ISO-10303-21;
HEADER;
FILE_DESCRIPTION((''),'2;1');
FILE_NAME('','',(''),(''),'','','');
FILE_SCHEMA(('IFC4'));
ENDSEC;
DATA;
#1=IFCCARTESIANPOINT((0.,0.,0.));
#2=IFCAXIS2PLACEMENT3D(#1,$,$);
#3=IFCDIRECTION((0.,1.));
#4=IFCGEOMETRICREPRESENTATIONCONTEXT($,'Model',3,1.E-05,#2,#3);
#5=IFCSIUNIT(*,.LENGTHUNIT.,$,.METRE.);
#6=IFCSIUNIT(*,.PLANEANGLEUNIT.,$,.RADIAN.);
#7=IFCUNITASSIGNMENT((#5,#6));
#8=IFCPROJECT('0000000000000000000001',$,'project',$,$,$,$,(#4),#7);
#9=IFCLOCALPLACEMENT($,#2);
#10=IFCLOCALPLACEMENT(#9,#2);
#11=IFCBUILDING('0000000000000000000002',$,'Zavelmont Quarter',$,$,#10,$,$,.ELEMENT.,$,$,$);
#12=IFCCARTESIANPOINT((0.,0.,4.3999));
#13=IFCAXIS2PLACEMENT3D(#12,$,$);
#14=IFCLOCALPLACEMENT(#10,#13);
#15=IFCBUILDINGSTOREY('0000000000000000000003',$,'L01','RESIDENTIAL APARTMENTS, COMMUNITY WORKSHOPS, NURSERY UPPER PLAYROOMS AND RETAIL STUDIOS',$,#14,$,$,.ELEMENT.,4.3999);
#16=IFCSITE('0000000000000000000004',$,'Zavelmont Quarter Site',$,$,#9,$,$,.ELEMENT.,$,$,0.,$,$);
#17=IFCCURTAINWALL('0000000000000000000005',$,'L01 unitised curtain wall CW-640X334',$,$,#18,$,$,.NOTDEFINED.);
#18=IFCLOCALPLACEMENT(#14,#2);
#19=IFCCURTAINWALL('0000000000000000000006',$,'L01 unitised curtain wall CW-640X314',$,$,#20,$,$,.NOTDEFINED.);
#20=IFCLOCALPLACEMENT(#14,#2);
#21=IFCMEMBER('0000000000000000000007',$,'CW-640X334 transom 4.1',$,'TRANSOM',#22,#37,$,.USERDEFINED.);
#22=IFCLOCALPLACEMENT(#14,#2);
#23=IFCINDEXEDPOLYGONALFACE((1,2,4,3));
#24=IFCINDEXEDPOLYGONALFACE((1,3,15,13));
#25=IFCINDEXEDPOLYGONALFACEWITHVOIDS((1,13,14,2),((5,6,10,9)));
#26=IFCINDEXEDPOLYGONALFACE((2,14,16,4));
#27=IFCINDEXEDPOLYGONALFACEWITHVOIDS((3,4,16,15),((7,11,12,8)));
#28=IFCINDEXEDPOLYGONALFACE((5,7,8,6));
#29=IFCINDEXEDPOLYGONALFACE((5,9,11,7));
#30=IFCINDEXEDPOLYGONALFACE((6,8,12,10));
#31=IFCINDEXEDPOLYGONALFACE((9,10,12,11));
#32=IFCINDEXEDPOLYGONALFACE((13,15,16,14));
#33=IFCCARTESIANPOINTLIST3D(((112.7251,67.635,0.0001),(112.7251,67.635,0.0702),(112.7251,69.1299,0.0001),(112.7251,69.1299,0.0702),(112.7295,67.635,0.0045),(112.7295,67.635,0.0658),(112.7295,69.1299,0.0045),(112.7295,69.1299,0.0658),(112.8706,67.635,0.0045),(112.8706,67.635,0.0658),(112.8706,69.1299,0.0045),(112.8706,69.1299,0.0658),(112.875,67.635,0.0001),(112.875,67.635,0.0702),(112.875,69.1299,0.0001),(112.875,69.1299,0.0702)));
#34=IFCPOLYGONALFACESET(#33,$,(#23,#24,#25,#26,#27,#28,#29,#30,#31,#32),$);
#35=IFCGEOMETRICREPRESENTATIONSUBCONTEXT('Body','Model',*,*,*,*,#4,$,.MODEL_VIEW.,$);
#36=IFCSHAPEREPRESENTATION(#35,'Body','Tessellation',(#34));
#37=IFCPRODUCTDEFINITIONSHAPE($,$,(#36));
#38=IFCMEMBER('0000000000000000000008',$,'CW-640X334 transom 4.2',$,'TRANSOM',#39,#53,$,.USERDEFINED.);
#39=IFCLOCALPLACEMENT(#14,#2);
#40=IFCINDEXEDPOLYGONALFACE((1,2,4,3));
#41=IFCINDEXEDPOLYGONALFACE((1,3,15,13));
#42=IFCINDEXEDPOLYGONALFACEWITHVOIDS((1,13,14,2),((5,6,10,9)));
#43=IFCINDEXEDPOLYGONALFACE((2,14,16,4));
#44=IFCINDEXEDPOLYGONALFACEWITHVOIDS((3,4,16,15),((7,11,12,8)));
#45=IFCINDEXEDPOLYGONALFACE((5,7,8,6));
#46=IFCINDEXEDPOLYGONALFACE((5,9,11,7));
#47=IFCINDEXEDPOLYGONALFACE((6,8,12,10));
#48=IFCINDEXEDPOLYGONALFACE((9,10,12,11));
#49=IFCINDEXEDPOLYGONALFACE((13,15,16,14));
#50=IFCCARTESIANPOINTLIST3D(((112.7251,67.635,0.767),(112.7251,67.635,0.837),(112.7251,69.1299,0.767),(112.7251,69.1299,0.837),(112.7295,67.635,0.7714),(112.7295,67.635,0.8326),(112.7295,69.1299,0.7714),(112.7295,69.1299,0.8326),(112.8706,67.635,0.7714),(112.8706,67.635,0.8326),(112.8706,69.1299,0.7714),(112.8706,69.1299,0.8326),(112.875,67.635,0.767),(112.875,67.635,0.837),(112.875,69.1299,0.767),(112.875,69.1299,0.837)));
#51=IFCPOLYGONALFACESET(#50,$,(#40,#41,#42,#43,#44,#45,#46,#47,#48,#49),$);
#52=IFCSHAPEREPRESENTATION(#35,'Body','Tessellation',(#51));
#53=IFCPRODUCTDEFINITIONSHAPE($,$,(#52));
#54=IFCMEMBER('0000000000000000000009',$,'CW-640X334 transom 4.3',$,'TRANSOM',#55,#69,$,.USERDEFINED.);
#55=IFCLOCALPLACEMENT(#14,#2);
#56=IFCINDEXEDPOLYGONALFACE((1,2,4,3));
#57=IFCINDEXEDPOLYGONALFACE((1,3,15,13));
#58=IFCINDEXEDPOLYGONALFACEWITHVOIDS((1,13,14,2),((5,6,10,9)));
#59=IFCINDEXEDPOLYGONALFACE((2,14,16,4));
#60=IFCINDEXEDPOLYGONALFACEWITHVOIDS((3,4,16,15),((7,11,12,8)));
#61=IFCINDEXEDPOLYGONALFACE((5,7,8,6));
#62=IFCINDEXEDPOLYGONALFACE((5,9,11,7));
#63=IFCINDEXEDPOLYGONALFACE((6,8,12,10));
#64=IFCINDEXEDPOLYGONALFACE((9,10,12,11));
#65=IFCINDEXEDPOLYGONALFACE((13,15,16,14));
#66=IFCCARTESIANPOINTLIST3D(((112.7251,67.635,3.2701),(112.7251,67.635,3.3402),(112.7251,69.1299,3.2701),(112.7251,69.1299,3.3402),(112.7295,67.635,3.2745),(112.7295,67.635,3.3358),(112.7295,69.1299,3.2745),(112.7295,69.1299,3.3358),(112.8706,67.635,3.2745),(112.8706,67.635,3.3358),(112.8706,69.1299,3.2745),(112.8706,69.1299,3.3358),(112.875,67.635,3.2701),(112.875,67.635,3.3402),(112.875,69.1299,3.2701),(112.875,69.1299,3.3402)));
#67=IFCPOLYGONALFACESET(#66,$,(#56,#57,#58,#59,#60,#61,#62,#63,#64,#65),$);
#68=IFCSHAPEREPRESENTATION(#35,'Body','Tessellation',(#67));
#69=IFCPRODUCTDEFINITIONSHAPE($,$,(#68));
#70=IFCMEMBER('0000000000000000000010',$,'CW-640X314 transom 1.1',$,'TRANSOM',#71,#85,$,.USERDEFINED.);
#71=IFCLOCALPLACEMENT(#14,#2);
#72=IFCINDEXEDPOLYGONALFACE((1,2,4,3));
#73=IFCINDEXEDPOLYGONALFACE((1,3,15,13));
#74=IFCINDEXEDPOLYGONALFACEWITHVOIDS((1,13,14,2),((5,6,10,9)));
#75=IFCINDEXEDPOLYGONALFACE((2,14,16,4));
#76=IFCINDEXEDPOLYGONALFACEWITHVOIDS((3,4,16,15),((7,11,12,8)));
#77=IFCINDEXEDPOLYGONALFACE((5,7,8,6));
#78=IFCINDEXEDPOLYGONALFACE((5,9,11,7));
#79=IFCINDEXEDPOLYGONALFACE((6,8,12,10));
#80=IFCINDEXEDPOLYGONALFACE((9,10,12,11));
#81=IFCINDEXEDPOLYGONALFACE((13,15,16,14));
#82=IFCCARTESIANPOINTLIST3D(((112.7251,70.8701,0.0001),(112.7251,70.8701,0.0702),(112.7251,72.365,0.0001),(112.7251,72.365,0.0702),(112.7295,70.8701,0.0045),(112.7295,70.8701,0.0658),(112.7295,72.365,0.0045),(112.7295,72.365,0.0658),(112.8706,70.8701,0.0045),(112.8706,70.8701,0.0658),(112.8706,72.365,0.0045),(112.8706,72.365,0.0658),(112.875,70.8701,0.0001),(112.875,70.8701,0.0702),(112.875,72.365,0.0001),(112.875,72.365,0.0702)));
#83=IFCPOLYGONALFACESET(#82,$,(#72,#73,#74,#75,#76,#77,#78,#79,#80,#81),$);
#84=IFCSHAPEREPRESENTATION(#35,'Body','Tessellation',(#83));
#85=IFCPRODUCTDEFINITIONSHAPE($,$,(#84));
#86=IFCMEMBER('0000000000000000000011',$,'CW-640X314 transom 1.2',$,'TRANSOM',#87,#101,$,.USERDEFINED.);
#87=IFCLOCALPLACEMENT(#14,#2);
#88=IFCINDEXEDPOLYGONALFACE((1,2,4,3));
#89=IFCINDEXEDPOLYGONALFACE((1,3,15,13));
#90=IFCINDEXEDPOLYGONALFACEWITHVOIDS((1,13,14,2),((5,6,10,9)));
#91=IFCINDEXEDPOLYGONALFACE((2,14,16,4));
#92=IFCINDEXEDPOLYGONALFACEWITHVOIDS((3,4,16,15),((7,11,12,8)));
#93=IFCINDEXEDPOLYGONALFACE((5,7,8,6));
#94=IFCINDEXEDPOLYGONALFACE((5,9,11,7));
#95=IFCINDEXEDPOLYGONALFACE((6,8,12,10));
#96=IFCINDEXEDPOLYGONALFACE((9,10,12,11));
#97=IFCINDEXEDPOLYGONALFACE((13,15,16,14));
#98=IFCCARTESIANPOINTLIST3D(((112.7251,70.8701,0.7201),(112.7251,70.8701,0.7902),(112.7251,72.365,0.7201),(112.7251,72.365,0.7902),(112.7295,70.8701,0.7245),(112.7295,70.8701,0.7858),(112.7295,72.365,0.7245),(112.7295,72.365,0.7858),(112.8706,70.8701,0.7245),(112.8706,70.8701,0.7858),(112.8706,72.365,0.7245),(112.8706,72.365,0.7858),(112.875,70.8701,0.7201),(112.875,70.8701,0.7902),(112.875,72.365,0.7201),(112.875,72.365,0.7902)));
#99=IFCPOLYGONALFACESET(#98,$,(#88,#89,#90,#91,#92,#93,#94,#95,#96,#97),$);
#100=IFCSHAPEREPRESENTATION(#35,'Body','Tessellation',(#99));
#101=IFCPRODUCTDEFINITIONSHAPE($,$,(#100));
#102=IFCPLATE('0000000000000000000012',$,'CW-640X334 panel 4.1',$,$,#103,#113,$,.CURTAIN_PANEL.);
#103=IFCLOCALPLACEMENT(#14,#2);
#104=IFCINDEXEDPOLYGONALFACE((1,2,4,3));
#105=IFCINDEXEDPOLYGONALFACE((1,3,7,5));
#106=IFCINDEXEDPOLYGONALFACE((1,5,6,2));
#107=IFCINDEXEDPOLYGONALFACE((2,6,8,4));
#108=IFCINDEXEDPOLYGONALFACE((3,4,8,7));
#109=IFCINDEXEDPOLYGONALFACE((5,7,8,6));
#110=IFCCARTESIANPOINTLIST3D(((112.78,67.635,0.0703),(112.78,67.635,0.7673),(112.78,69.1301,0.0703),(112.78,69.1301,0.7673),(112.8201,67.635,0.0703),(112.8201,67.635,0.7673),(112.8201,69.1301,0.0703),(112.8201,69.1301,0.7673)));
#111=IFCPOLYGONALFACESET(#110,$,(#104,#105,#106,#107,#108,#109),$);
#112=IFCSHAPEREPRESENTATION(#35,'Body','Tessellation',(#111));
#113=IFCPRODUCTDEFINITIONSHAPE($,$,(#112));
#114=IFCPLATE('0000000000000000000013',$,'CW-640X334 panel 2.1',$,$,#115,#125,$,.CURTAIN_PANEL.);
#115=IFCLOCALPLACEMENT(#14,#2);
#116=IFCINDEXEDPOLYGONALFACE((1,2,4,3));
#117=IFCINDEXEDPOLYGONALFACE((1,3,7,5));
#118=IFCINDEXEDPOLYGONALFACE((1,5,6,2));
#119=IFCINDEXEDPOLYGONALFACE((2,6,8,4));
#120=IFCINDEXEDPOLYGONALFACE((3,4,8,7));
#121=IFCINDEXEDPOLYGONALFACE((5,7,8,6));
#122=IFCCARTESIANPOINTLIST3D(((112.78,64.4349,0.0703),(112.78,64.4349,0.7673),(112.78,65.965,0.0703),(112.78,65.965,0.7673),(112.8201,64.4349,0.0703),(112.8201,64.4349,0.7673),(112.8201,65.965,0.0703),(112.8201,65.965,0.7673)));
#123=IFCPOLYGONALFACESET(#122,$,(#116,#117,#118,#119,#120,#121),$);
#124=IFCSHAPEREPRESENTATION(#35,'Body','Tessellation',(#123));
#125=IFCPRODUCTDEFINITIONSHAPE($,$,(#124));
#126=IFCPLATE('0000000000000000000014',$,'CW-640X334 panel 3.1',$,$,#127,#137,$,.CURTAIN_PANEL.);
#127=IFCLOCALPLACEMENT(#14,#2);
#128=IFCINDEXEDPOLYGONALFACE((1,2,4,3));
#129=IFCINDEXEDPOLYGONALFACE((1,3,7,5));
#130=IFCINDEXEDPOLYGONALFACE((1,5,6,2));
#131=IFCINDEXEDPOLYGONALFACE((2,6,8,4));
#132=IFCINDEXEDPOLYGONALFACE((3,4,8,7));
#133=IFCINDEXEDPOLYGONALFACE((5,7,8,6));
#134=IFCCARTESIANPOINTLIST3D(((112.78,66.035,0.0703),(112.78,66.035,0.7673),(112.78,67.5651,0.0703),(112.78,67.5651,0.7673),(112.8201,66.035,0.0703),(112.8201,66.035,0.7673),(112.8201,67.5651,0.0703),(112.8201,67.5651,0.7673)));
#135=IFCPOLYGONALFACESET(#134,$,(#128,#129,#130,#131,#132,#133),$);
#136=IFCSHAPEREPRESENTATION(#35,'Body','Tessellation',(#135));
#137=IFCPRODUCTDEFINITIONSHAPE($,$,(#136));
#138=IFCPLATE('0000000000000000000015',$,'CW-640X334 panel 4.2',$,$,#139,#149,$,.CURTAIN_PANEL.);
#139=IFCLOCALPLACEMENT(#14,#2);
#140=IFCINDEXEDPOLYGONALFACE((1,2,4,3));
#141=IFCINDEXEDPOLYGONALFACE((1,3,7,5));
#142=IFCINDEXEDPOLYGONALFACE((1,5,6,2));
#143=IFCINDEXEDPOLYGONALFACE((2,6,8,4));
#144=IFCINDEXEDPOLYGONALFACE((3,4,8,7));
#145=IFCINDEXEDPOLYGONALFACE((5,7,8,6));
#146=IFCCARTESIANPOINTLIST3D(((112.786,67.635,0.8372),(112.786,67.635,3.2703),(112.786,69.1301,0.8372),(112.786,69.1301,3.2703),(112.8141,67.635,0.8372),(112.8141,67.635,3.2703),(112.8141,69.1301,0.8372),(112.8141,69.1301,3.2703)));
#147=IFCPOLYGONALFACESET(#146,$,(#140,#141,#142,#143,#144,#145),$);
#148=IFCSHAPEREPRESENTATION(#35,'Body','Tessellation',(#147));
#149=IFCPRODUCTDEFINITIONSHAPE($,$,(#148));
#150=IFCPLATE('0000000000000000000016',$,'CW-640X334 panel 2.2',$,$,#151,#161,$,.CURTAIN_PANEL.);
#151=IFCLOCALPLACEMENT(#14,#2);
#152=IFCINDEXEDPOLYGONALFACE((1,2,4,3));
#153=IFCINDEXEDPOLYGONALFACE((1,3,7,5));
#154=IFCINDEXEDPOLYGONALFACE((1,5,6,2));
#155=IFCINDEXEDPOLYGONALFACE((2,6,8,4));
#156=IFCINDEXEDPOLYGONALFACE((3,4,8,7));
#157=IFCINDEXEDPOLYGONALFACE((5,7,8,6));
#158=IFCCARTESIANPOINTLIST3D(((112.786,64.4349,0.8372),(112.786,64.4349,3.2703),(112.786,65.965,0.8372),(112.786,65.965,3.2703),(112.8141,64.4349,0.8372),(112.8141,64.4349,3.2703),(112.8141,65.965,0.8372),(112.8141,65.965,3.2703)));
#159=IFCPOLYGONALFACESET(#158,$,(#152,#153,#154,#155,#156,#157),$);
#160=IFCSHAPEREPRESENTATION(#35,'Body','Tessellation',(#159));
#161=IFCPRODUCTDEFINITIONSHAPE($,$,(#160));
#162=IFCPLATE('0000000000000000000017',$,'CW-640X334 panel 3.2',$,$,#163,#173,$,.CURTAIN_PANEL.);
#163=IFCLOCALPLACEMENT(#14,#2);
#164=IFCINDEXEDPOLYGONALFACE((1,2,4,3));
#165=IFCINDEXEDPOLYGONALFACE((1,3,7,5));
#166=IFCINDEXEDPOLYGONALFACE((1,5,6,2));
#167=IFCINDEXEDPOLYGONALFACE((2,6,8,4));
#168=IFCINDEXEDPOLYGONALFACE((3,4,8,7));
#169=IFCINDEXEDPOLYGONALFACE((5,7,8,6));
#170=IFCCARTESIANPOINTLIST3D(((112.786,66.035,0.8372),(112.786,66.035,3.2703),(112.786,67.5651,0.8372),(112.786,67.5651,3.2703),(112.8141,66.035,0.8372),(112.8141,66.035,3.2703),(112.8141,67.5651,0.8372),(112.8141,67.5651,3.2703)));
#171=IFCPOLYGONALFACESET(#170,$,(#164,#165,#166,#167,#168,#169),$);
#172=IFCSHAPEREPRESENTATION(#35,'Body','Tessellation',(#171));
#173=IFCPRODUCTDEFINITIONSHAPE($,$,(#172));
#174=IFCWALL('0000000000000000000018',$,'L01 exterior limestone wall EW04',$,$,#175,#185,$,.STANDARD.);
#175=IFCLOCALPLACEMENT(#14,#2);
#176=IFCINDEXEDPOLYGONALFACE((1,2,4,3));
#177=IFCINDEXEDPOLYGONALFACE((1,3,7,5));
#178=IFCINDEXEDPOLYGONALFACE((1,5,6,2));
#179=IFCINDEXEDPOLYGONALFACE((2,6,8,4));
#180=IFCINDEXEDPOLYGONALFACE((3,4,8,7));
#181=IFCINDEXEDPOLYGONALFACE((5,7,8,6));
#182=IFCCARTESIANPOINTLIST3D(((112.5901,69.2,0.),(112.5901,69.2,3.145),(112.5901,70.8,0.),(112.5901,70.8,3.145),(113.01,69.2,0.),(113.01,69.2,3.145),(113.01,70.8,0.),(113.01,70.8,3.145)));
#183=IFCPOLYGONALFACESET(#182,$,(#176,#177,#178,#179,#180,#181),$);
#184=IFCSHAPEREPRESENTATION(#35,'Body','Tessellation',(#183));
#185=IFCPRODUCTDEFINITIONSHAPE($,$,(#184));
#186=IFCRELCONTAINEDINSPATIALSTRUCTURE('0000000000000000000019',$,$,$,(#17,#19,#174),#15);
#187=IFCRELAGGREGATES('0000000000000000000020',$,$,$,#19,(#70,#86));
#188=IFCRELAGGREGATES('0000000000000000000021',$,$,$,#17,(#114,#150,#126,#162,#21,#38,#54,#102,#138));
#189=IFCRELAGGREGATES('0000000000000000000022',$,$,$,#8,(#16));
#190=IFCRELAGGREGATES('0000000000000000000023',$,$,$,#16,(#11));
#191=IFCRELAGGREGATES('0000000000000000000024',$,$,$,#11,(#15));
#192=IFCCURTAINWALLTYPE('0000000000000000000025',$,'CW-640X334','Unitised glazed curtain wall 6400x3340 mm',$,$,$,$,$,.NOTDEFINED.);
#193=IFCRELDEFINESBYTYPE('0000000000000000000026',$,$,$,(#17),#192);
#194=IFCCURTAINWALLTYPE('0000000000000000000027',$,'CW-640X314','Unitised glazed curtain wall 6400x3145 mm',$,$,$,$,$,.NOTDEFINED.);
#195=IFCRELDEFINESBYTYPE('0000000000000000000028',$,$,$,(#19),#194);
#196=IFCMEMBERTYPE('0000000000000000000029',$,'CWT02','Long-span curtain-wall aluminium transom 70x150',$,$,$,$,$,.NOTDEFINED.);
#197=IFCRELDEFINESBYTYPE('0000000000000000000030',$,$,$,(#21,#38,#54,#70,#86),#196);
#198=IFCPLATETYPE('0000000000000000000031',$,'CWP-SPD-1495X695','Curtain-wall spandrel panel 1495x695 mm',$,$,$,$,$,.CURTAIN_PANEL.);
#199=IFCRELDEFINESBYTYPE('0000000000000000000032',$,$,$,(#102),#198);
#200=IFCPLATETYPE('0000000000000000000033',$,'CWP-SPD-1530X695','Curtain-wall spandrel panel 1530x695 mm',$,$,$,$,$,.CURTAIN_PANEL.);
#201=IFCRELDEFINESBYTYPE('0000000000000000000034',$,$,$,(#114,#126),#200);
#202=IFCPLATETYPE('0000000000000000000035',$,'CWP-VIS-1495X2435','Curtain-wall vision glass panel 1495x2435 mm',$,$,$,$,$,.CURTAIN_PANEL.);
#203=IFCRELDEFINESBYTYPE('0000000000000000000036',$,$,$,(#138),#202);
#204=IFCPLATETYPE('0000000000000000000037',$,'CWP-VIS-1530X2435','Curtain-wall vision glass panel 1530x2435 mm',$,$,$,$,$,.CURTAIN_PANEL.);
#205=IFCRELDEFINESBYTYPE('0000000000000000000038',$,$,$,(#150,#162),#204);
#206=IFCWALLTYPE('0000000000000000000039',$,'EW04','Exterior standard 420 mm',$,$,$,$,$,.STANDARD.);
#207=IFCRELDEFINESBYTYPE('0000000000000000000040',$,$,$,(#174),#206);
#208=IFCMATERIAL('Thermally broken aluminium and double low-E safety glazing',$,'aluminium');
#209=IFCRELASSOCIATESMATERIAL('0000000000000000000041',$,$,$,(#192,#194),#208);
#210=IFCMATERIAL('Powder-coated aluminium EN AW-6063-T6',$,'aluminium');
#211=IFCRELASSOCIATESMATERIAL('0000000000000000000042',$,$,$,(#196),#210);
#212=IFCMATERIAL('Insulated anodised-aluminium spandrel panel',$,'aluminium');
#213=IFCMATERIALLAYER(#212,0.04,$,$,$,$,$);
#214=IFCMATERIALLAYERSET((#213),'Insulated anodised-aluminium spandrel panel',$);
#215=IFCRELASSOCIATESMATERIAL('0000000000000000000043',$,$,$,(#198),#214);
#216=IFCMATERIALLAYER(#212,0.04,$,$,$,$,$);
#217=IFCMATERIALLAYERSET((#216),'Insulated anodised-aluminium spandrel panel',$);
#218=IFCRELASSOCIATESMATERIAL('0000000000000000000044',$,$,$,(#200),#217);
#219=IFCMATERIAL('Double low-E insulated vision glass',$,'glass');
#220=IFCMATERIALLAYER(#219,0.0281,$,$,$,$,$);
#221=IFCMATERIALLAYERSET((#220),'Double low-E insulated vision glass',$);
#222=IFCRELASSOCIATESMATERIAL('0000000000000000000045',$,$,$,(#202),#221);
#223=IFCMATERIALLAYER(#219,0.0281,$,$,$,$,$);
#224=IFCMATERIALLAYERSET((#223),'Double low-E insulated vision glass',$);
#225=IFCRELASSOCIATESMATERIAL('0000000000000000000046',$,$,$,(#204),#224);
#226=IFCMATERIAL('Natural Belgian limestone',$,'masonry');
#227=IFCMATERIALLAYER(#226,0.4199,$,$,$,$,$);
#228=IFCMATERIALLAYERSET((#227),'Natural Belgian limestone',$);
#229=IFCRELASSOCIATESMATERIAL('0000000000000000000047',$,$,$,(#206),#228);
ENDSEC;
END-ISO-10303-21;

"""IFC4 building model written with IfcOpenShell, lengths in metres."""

from ifc_helpers import new_model, si_unit, direction, frame, frame_2d, origin, origin_2d, place, context, subcontext, project, spatial, rectangle, hollow_rectangle, extrude, material, layer, layer_set, material_profile, profile_set, type_object, element, aggregate, save


model = new_model("IFC4")

# Units and contexts
model_context = context("Model", 3, precision=1e-05, world=origin(), true_north=direction((0.0, 1.0)))
body_context = subcontext(model_context, "Body", "Model", "MODEL_VIEW")
ifc_project = project(units=[si_unit("LENGTHUNIT", "METRE"), si_unit("PLANEANGLEUNIT", "RADIAN")], contexts=[model_context])

# Site, building, storey
site_placement = place(None, origin())
site = spatial("IfcSite", under=ifc_project, at=site_placement, Name="Zavelmont Quarter Site", CompositionType="ELEMENT", RefElevation=0.0)
building_placement = place(site_placement, origin())
building = spatial("IfcBuilding", under=site, at=building_placement, Name="Zavelmont Quarter", CompositionType="ELEMENT")
storey_placement = place(building_placement, frame((0.0, 0.0, 4.3999)))
storey = spatial("IfcBuildingStorey", under=building, at=storey_placement, Name="L01", Description="RESIDENTIAL APARTMENTS, COMMUNITY WORKSHOPS, NURSERY UPPER PLAYROOMS AND RETAIL STUDIOS", CompositionType="ELEMENT", Elevation=4.3999)

# Curtain wall
ifc_material_1 = material(Name="Thermally broken aluminium and double low-E safety glazing", Category="aluminium")
curtain_wall_type_1 = type_object("IfcCurtainWallType", Name="CW-640X334", Description="Unitised glazed curtain wall 6400x3340 mm", PredefinedType="NOTDEFINED", material=ifc_material_1)
curtain_wall_1_placement = place(storey_placement, origin())
curtain_wall_1 = element("IfcCurtainWall", 1, at=curtain_wall_1_placement, inside=storey, type_object=curtain_wall_type_1, Name="L01 unitised curtain wall CW-640X334", PredefinedType="NOTDEFINED")
ifc_material_2 = material(Name="Powder-coated aluminium EN AW-6063-T6", Category="aluminium")

# Curtain wall
curtain_wall_type_2 = type_object("IfcCurtainWallType", Name="CW-640X314", Description="Unitised glazed curtain wall 6400x3145 mm", PredefinedType="NOTDEFINED", material=ifc_material_1)
curtain_wall_2_placement = place(storey_placement, origin())
curtain_wall_2 = element("IfcCurtainWall", 2, at=curtain_wall_2_placement, inside=storey, type_object=curtain_wall_type_2, Name="L01 unitised curtain wall CW-640X314", PredefinedType="NOTDEFINED")

# Members
ifc_material_profile_1 = material_profile(ifc_material_2, hollow_rectangle(XDim=0.1499, YDim=0.0701, WallThickness=0.0044, at=origin_2d()), Name="CWT70X150")
ifc_profile_set_1 = profile_set([ifc_material_profile_1], Name="Powder-coated aluminium EN AW-6063-T6")
member_type_1 = type_object("IfcMemberType", Name="CWT02", Description="Long-span curtain-wall aluminium transom 70x150", PredefinedType="NOTDEFINED", material=ifc_profile_set_1)
member_1_placement = place(storey_placement, frame((112.8, 67.635, 0.0352), z_axis=(0.0, 1.0, 0.0), x_axis=(-1.0, 0.0, 0.0)))
member_1 = element("IfcMember", 3, at=member_1_placement, type_object=member_type_1, Name="CW-640X334 transom 4.1", ObjectType="TRANSOM", PredefinedType="USERDEFINED", context=body_context, shape_type="SweptSolid", body=[
    extrude(hollow_rectangle(XDim=0.1499, YDim=0.0701, WallThickness=0.0044, at=origin_2d()), origin(), (0.0, 0.0, 1.0), 1.4949),
])
member_2_placement = place(storey_placement, frame((112.8, 67.635, 0.802), z_axis=(0.0, 1.0, 0.0), x_axis=(-1.0, 0.0, 0.0)))
member_2 = element("IfcMember", 4, at=member_2_placement, type_object=member_type_1, Name="CW-640X334 transom 4.2", ObjectType="TRANSOM", PredefinedType="USERDEFINED", context=body_context, shape_type="SweptSolid", body=[
    extrude(hollow_rectangle(XDim=0.1499, YDim=0.0701, WallThickness=0.0044, at=origin_2d()), origin(), (0.0, 0.0, 1.0), 1.4949),
])
member_3_placement = place(storey_placement, frame((112.8, 67.635, 3.3052), z_axis=(0.0, 1.0, 0.0), x_axis=(-1.0, 0.0, 0.0)))
member_3 = element("IfcMember", 5, at=member_3_placement, type_object=member_type_1, Name="CW-640X334 transom 4.3", ObjectType="TRANSOM", PredefinedType="USERDEFINED", context=body_context, shape_type="SweptSolid", body=[
    extrude(hollow_rectangle(XDim=0.1499, YDim=0.0701, WallThickness=0.0044, at=origin_2d()), origin(), (0.0, 0.0, 1.0), 1.4949),
])
member_4_placement = place(storey_placement, frame((112.8, 70.8701, 0.0352), z_axis=(0.0, 1.0, 0.0), x_axis=(-1.0, 0.0, 0.0)))
member_4 = element("IfcMember", 6, at=member_4_placement, type_object=member_type_1, Name="CW-640X314 transom 1.1", ObjectType="TRANSOM", PredefinedType="USERDEFINED", context=body_context, shape_type="SweptSolid", body=[
    extrude(hollow_rectangle(XDim=0.1499, YDim=0.0701, WallThickness=0.0044, at=origin_2d()), origin(), (0.0, 0.0, 1.0), 1.4949),
])
member_5_placement = place(storey_placement, frame((112.8, 70.8701, 0.7551), z_axis=(0.0, 1.0, 0.0), x_axis=(-1.0, 0.0, 0.0)))
member_5 = element("IfcMember", 7, at=member_5_placement, type_object=member_type_1, Name="CW-640X314 transom 1.2", ObjectType="TRANSOM", PredefinedType="USERDEFINED", context=body_context, shape_type="SweptSolid", body=[
    extrude(hollow_rectangle(XDim=0.1499, YDim=0.0701, WallThickness=0.0044, at=origin_2d()), origin(), (0.0, 0.0, 1.0), 1.4949),
])
aggregate(curtain_wall_2, [member_4, member_5])

# Plates
ifc_material_3 = material(Name="Insulated anodised-aluminium spandrel panel", Category="aluminium")
ifc_layer_1 = layer(ifc_material_3, 0.04)
ifc_layer_set_1 = layer_set([ifc_layer_1], Name="Insulated anodised-aluminium spandrel panel")
plate_type_1 = type_object("IfcPlateType", Name="CWP-SPD-1495X695", Description="Curtain-wall spandrel panel 1495x695 mm", PredefinedType="CURTAIN_PANEL", material=ifc_layer_set_1)
plate_1_placement = place(storey_placement, frame((112.8, 68.3826, 0.0703), z_axis=(0.0, 0.0, 1.0), x_axis=(0.0, 1.0, 0.0)))
plate_1 = element("IfcPlate", 8, at=plate_1_placement, type_object=plate_type_1, Name="CW-640X334 panel 4.1", PredefinedType="CURTAIN_PANEL", context=body_context, shape_type="SweptSolid", body=[
    extrude(rectangle(XDim=1.4951, YDim=0.04, at=origin_2d()), origin(), (0.0, 0.0, 1.0), 0.697),
])
ifc_layer_2 = layer(ifc_material_3, 0.04)
ifc_layer_set_2 = layer_set([ifc_layer_2], Name="Insulated anodised-aluminium spandrel panel")
plate_type_2 = type_object("IfcPlateType", Name="CWP-SPD-1530X695", Description="Curtain-wall spandrel panel 1530x695 mm", PredefinedType="CURTAIN_PANEL", material=ifc_layer_set_2)
plate_2_placement = place(storey_placement, frame((112.8, 65.2, 0.0703), z_axis=(0.0, 0.0, 1.0), x_axis=(0.0, 1.0, 0.0)))
plate_2 = element("IfcPlate", 9, at=plate_2_placement, type_object=plate_type_2, Name="CW-640X334 panel 2.1", PredefinedType="CURTAIN_PANEL", context=body_context, shape_type="SweptSolid", body=[
    extrude(rectangle(XDim=1.53, YDim=0.04, at=origin_2d()), origin(), (0.0, 0.0, 1.0), 0.697),
])
plate_3_placement = place(storey_placement, frame((112.8, 66.8, 0.0703), z_axis=(0.0, 0.0, 1.0), x_axis=(0.0, 1.0, 0.0)))
plate_3 = element("IfcPlate", 10, at=plate_3_placement, type_object=plate_type_2, Name="CW-640X334 panel 3.1", PredefinedType="CURTAIN_PANEL", context=body_context, shape_type="SweptSolid", body=[
    extrude(rectangle(XDim=1.53, YDim=0.04, at=origin_2d()), origin(), (0.0, 0.0, 1.0), 0.697),
])
ifc_material_4 = material(Name="Double low-E insulated vision glass", Category="glass")
ifc_layer_3 = layer(ifc_material_4, 0.0281)
ifc_layer_set_3 = layer_set([ifc_layer_3], Name="Double low-E insulated vision glass")
plate_type_3 = type_object("IfcPlateType", Name="CWP-VIS-1495X2435", Description="Curtain-wall vision glass panel 1495x2435 mm", PredefinedType="CURTAIN_PANEL", material=ifc_layer_set_3)
plate_4_placement = place(storey_placement, frame((112.8, 68.3826, 0.8372), z_axis=(0.0, 0.0, 1.0), x_axis=(0.0, 1.0, 0.0)))
plate_4 = element("IfcPlate", 11, at=plate_4_placement, type_object=plate_type_3, Name="CW-640X334 panel 4.2", PredefinedType="CURTAIN_PANEL", context=body_context, shape_type="SweptSolid", body=[
    extrude(rectangle(XDim=1.4951, YDim=0.0281, at=origin_2d()), origin(), (0.0, 0.0, 1.0), 2.4331),
])
ifc_layer_4 = layer(ifc_material_4, 0.0281)
ifc_layer_set_4 = layer_set([ifc_layer_4], Name="Double low-E insulated vision glass")
plate_type_4 = type_object("IfcPlateType", Name="CWP-VIS-1530X2435", Description="Curtain-wall vision glass panel 1530x2435 mm", PredefinedType="CURTAIN_PANEL", material=ifc_layer_set_4)
plate_5_placement = place(storey_placement, frame((112.8, 65.2, 0.8372), z_axis=(0.0, 0.0, 1.0), x_axis=(0.0, 1.0, 0.0)))
plate_5 = element("IfcPlate", 12, at=plate_5_placement, type_object=plate_type_4, Name="CW-640X334 panel 2.2", PredefinedType="CURTAIN_PANEL", context=body_context, shape_type="SweptSolid", body=[
    extrude(rectangle(XDim=1.53, YDim=0.0281, at=origin_2d()), origin(), (0.0, 0.0, 1.0), 2.4331),
])
plate_6_placement = place(storey_placement, frame((112.8, 66.8, 0.8372), z_axis=(0.0, 0.0, 1.0), x_axis=(0.0, 1.0, 0.0)))
plate_6 = element("IfcPlate", 13, at=plate_6_placement, type_object=plate_type_4, Name="CW-640X334 panel 3.2", PredefinedType="CURTAIN_PANEL", context=body_context, shape_type="SweptSolid", body=[
    extrude(rectangle(XDim=1.53, YDim=0.0281, at=origin_2d()), origin(), (0.0, 0.0, 1.0), 2.4331),
])
aggregate(curtain_wall_1, [plate_2, plate_5, plate_3, plate_6, member_1, member_2, member_3, plate_1, plate_4])

# Wall
ifc_material_5 = material(Name="Natural Belgian limestone", Category="masonry")
ifc_layer_5 = layer(ifc_material_5, 0.4199)
ifc_layer_set_5 = layer_set([ifc_layer_5], Name="Natural Belgian limestone")
wall_type = type_object("IfcWallType", Name="EW04", Description="Exterior standard 420 mm", PredefinedType="STANDARD", material=ifc_layer_set_5)
wall_placement = place(storey_placement, frame((112.8, 69.2, 0.0), z_axis=(0.0, 0.0, 1.0), x_axis=(0.0, 1.0, 0.0)))
element("IfcWall", 14, at=wall_placement, inside=storey, type_object=wall_type, Name="L01 exterior limestone wall EW04", PredefinedType="STANDARD", context=body_context, shape_type="SweptSolid", body=[
    extrude(rectangle(XDim=1.6001, YDim=0.4199, at=frame_2d((0.8, 0.0))), origin(), (0.0, 0.0, 1.0), 3.145),
])

save(model, "model.ifc")
